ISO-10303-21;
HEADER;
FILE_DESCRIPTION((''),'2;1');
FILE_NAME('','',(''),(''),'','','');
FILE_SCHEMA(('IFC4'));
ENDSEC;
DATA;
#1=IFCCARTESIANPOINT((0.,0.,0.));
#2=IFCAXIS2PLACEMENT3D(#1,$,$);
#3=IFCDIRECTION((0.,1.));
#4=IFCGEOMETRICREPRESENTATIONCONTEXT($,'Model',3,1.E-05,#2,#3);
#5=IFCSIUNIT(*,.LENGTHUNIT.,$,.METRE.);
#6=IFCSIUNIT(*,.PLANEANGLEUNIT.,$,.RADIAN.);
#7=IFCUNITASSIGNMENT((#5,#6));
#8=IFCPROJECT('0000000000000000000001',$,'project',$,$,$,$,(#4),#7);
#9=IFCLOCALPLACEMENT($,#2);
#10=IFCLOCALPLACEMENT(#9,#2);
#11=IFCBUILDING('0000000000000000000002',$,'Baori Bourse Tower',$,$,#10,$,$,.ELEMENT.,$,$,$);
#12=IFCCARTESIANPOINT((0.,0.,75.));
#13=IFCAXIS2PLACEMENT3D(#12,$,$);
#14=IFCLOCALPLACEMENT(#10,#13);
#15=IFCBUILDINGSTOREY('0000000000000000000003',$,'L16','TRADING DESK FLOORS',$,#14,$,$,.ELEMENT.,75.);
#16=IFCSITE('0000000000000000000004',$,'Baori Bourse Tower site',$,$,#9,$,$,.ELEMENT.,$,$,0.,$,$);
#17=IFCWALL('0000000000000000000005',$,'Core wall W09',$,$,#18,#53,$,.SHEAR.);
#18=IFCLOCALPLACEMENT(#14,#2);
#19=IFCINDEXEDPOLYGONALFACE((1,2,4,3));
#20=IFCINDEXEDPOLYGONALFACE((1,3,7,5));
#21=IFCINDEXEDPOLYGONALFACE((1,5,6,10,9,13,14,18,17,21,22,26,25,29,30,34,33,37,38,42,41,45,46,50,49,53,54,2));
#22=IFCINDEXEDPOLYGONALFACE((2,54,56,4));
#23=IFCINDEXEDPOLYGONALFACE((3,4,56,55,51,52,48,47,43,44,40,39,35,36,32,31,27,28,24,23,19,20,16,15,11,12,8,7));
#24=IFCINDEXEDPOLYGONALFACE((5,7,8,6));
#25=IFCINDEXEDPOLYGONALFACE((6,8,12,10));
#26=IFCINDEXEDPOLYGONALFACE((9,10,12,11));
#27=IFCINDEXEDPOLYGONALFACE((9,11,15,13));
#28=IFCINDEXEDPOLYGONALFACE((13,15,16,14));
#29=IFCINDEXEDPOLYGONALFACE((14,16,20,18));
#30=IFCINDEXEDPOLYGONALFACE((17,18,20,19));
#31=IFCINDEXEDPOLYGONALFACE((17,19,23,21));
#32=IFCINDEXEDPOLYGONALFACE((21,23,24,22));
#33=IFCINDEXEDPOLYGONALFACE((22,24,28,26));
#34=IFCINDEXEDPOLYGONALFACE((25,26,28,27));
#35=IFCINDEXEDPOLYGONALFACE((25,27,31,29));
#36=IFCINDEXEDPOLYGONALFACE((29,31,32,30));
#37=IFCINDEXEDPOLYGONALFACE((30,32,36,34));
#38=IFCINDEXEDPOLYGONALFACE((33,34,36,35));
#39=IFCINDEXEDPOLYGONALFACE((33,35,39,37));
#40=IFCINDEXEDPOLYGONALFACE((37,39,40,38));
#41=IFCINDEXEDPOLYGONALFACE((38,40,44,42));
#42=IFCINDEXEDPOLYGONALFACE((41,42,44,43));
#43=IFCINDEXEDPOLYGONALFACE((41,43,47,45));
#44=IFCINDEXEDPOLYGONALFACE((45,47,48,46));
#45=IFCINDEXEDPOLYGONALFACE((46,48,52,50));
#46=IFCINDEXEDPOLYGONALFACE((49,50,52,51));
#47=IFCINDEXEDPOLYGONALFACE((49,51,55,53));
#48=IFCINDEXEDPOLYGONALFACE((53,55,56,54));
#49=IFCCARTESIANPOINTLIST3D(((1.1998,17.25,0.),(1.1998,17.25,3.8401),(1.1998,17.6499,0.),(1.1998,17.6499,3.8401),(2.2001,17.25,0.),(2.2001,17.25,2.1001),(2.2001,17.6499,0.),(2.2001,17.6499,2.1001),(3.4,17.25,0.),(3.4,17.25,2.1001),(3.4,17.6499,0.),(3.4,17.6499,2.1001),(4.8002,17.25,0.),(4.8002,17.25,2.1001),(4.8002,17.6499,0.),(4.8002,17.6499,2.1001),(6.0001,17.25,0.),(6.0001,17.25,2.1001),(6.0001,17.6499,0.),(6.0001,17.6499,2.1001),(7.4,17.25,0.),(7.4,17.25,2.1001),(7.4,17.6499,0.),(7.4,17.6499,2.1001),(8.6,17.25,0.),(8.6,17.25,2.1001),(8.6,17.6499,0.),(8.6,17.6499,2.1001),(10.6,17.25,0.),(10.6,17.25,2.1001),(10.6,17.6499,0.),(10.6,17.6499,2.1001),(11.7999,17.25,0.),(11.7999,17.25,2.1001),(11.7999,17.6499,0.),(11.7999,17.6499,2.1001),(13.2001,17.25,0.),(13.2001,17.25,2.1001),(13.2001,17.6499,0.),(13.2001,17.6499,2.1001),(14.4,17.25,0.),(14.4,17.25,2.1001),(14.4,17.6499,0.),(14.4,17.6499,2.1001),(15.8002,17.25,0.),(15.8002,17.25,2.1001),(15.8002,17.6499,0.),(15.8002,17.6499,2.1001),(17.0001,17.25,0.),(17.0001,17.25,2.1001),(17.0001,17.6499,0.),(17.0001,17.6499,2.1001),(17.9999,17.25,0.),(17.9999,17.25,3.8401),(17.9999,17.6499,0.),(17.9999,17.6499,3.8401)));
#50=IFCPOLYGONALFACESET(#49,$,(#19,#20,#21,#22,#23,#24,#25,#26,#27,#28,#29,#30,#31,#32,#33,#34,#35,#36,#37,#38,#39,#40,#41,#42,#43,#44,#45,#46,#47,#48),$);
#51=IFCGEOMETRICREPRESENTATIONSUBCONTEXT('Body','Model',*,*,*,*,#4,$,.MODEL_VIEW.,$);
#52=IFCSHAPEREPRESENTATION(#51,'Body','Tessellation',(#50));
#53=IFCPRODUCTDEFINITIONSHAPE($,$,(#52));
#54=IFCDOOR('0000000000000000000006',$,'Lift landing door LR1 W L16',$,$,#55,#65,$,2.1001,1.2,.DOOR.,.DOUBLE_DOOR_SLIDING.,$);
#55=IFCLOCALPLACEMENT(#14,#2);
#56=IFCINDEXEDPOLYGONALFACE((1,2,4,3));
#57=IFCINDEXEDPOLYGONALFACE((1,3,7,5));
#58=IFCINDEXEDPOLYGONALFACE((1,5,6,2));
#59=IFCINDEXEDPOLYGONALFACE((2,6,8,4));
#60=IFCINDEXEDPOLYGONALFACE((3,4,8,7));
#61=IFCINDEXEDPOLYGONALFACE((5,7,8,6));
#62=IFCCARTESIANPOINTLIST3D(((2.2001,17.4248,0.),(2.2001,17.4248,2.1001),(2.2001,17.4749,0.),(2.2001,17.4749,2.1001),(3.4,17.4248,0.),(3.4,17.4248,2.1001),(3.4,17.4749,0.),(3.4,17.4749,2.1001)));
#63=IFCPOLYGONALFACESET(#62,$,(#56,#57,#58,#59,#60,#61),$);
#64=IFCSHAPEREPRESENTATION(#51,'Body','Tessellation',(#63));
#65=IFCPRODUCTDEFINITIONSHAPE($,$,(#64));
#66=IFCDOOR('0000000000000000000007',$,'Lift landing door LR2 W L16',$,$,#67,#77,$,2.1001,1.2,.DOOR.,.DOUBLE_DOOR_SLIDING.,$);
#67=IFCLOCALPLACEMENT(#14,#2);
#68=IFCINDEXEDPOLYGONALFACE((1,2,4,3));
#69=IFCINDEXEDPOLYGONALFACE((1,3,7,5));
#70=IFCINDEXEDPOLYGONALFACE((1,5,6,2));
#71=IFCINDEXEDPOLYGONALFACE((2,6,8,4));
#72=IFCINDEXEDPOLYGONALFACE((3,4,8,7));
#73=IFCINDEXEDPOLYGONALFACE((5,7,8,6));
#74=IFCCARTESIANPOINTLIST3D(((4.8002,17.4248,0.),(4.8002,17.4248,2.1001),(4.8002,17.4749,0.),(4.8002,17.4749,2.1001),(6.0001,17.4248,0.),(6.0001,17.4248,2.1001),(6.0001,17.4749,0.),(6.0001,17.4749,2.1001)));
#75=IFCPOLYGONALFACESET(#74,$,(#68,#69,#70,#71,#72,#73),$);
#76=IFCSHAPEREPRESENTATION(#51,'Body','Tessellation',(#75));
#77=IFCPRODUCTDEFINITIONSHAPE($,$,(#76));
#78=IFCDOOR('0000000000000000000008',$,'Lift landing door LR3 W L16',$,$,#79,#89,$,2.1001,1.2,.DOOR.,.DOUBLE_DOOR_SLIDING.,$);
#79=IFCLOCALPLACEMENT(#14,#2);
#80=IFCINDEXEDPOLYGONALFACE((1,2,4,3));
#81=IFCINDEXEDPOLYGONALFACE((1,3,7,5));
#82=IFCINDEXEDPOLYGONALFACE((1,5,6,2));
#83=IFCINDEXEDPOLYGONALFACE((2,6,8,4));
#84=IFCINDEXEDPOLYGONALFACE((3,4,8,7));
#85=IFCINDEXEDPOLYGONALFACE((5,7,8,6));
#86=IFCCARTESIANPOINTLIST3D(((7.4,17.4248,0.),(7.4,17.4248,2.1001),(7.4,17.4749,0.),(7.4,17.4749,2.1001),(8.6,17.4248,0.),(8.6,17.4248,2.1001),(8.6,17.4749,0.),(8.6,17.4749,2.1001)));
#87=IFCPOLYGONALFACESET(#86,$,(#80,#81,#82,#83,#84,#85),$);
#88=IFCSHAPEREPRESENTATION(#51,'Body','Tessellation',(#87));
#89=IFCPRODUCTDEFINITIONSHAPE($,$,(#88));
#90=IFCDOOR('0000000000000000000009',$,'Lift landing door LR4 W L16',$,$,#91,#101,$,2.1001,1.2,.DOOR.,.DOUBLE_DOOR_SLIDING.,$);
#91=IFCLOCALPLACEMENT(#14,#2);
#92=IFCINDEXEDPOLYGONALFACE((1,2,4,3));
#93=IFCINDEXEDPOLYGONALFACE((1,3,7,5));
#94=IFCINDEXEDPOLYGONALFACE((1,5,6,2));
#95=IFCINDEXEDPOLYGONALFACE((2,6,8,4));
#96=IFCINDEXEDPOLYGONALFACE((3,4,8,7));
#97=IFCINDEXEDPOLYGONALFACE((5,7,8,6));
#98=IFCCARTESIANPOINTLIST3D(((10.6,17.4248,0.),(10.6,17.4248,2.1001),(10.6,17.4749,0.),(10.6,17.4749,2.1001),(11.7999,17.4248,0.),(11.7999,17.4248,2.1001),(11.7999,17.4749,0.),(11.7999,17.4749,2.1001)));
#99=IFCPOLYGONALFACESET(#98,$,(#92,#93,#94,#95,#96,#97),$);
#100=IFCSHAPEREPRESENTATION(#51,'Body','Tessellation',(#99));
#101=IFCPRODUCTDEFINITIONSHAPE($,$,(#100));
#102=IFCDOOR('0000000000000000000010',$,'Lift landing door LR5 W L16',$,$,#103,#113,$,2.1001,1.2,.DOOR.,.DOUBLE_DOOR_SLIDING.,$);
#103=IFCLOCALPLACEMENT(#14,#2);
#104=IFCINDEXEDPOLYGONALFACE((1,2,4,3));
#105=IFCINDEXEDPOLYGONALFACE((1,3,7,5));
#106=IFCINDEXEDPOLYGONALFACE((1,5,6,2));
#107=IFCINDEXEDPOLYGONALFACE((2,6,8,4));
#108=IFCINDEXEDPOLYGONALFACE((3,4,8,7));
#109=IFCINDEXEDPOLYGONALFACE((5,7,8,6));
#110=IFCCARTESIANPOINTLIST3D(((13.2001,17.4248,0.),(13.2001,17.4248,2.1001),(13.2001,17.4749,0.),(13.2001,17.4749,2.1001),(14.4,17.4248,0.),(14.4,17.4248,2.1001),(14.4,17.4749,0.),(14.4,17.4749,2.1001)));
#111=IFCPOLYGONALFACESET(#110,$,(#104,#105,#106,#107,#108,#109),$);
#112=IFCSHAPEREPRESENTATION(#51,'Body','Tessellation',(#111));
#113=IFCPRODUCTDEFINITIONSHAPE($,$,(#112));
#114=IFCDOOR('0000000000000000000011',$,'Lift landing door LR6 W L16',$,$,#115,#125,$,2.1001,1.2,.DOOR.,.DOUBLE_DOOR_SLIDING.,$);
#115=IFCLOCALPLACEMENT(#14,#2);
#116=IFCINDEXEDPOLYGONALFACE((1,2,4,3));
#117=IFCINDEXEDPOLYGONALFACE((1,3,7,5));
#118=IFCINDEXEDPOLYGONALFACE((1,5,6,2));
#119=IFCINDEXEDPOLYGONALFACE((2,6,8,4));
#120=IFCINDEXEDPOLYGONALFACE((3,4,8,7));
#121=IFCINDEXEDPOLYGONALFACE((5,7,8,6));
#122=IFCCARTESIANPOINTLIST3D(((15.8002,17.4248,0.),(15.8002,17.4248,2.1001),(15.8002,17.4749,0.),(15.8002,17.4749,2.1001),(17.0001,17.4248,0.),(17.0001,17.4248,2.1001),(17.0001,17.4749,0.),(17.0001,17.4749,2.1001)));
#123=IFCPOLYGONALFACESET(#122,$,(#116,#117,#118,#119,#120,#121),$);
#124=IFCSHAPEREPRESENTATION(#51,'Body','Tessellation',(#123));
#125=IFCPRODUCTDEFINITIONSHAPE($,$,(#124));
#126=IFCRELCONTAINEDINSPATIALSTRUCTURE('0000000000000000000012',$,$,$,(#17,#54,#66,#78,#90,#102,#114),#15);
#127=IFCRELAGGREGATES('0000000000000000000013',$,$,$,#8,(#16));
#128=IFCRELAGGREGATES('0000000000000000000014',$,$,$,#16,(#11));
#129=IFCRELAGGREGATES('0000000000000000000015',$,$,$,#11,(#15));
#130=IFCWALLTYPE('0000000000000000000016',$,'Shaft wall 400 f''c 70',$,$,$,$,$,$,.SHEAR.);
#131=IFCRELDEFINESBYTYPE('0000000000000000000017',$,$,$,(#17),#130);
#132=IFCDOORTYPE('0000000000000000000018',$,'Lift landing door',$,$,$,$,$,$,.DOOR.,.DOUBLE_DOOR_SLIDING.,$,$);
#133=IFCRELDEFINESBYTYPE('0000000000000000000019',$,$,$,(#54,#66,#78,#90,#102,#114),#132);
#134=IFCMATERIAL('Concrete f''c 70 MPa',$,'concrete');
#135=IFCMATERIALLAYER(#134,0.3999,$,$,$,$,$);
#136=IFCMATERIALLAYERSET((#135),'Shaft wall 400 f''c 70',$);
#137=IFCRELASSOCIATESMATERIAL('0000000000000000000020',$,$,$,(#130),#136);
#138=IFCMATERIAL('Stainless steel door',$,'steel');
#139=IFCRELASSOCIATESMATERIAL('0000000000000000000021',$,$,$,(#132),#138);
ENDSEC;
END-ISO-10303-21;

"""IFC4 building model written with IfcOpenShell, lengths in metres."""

from ifc_helpers import new_model, si_unit, direction, frame, frame_2d, origin, place, context, subcontext, project, spatial, rectangle, extrude, material, layer, layer_set, type_object, element, fill, save


model = new_model("IFC4")

# Units and contexts
model_context = context("Model", 3, precision=1e-05, world=origin(), true_north=direction((0.0, 1.0)))
body_context = subcontext(model_context, "Body", "Model", "MODEL_VIEW")
ifc_project = project(units=[si_unit("LENGTHUNIT", "METRE"), si_unit("PLANEANGLEUNIT", "RADIAN")], contexts=[model_context])

# Site, building, storey
site_placement = place(None, origin())
site = spatial("IfcSite", under=ifc_project, at=site_placement, Name="Baori Bourse Tower site", CompositionType="ELEMENT", RefElevation=0.0)
building_placement = place(site_placement, origin())
building = spatial("IfcBuilding", under=site, at=building_placement, Name="Baori Bourse Tower", CompositionType="ELEMENT")
storey_placement = place(building_placement, frame((0.0, 0.0, 75.0)))
storey = spatial("IfcBuildingStorey", under=building, at=storey_placement, Name="L16", Description="TRADING DESK FLOORS", CompositionType="ELEMENT", Elevation=75.0)

# Shared definitions
ifc_material_1 = material(Name="Concrete f'c 70 MPa", Category="concrete")
ifc_layer_1 = layer(ifc_material_1, 0.3999)
ifc_layer_set_1 = layer_set([ifc_layer_1], Name="Shaft wall 400 f'c 70")
wall_type_1 = type_object("IfcWallType", Name="Shaft wall 400 f'c 70", PredefinedType="SHEAR", material=ifc_layer_set_1)

# Wall, openings, doors
wall_1_placement = place(storey_placement, frame((1.2, 17.45, 0.0), z_axis=(0.0, 0.0, 1.0), x_axis=(1.0, 0.0, 0.0)))
wall_1 = element("IfcWall", 1, at=wall_1_placement, inside=storey, type_object=wall_type_1, Name="Core wall W09", PredefinedType="SHEAR", context=body_context, shape_type="SweptSolid", body=[
    extrude(rectangle(XDim=16.8, YDim=0.3999, at=frame_2d((8.3999, 0.0))), origin(), (0.0, 0.0, 1.0), 3.8401),
])
opening_1_placement = place(wall_1_placement, frame((1.0, 0.0, 0.0)))
opening_1 = element("IfcOpeningElement", 2, at=opening_1_placement, cuts=wall_1, PredefinedType="OPENING", context=body_context, shape_type="SweptSolid", body=[
    extrude(rectangle(XDim=1.2, YDim=2.1001, at=frame_2d((0.6001, 1.05))), frame((0.0, 0.21, 0.0), z_axis=(0.0, -1.0, 0.0), x_axis=(1.0, 0.0, 0.0)), (0.0, 0.0, 1.0), 0.4199),
])
opening_2_placement = place(wall_1_placement, frame((3.6001, 0.0, 0.0)))
opening_2 = element("IfcOpeningElement", 3, at=opening_2_placement, cuts=wall_1, PredefinedType="OPENING", context=body_context, shape_type="SweptSolid", body=[
    extrude(rectangle(XDim=1.2, YDim=2.1001, at=frame_2d((0.6001, 1.05))), frame((0.0, 0.21, 0.0), z_axis=(0.0, -1.0, 0.0), x_axis=(1.0, 0.0, 0.0)), (0.0, 0.0, 1.0), 0.4199),
])
opening_3_placement = place(wall_1_placement, frame((6.2, 0.0, 0.0)))
opening_3 = element("IfcOpeningElement", 4, at=opening_3_placement, cuts=wall_1, PredefinedType="OPENING", context=body_context, shape_type="SweptSolid", body=[
    extrude(rectangle(XDim=1.2, YDim=2.1001, at=frame_2d((0.6001, 1.05))), frame((0.0, 0.21, 0.0), z_axis=(0.0, -1.0, 0.0), x_axis=(1.0, 0.0, 0.0)), (0.0, 0.0, 1.0), 0.4199),
])
opening_4_placement = place(wall_1_placement, frame((9.3999, 0.0, 0.0)))
opening_4 = element("IfcOpeningElement", 5, at=opening_4_placement, cuts=wall_1, PredefinedType="OPENING", context=body_context, shape_type="SweptSolid", body=[
    extrude(rectangle(XDim=1.2, YDim=2.1001, at=frame_2d((0.6001, 1.05))), frame((0.0, 0.21, 0.0), z_axis=(0.0, -1.0, 0.0), x_axis=(1.0, 0.0, 0.0)), (0.0, 0.0, 1.0), 0.4199),
])
opening_5_placement = place(wall_1_placement, frame((12.0, 0.0, 0.0)))
opening_5 = element("IfcOpeningElement", 6, at=opening_5_placement, cuts=wall_1, PredefinedType="OPENING", context=body_context, shape_type="SweptSolid", body=[
    extrude(rectangle(XDim=1.2, YDim=2.1001, at=frame_2d((0.6001, 1.05))), frame((0.0, 0.21, 0.0), z_axis=(0.0, -1.0, 0.0), x_axis=(1.0, 0.0, 0.0)), (0.0, 0.0, 1.0), 0.4199),
])
opening_6_placement = place(wall_1_placement, frame((14.6001, 0.0, 0.0)))
opening_6 = element("IfcOpeningElement", 7, at=opening_6_placement, cuts=wall_1, PredefinedType="OPENING", context=body_context, shape_type="SweptSolid", body=[
    extrude(rectangle(XDim=1.2, YDim=2.1001, at=frame_2d((0.6001, 1.05))), frame((0.0, 0.21, 0.0), z_axis=(0.0, -1.0, 0.0), x_axis=(1.0, 0.0, 0.0)), (0.0, 0.0, 1.0), 0.4199),
])
ifc_material_2 = material(Name="Stainless steel door", Category="steel")
door_type_1 = type_object("IfcDoorType", Name="Lift landing door", OperationType="DOUBLE_DOOR_SLIDING", PredefinedType="DOOR", material=ifc_material_2)
door_1_placement = place(opening_1_placement, origin())
door_1 = element("IfcDoor", 8, at=door_1_placement, inside=storey, type_object=door_type_1, Name="Lift landing door LR1 W L16", OperationType="DOUBLE_DOOR_SLIDING", OverallHeight=2.1001, OverallWidth=1.2, PredefinedType="DOOR", context=body_context, shape_type="SweptSolid", body=[
    extrude(rectangle(XDim=1.2, YDim=2.1001, at=frame_2d((0.6001, 1.05))), frame((0.0, 0.0249, 0.0), z_axis=(0.0, -1.0, 0.0), x_axis=(1.0, 0.0, 0.0)), (0.0, 0.0, 1.0), 0.05),
])
fill(opening_1, door_1)
door_2_placement = place(opening_2_placement, origin())
door_2 = element("IfcDoor", 9, at=door_2_placement, inside=storey, type_object=door_type_1, Name="Lift landing door LR2 W L16", OperationType="DOUBLE_DOOR_SLIDING", OverallHeight=2.1001, OverallWidth=1.2, PredefinedType="DOOR", context=body_context, shape_type="SweptSolid", body=[
    extrude(rectangle(XDim=1.2, YDim=2.1001, at=frame_2d((0.6001, 1.05))), frame((0.0, 0.0249, 0.0), z_axis=(0.0, -1.0, 0.0), x_axis=(1.0, 0.0, 0.0)), (0.0, 0.0, 1.0), 0.05),
])
fill(opening_2, door_2)
door_3_placement = place(opening_3_placement, origin())
door_3 = element("IfcDoor", 10, at=door_3_placement, inside=storey, type_object=door_type_1, Name="Lift landing door LR3 W L16", OperationType="DOUBLE_DOOR_SLIDING", OverallHeight=2.1001, OverallWidth=1.2, PredefinedType="DOOR", context=body_context, shape_type="SweptSolid", body=[
    extrude(rectangle(XDim=1.2, YDim=2.1001, at=frame_2d((0.6001, 1.05))), frame((0.0, 0.0249, 0.0), z_axis=(0.0, -1.0, 0.0), x_axis=(1.0, 0.0, 0.0)), (0.0, 0.0, 1.0), 0.05),
])
fill(opening_3, door_3)
door_4_placement = place(opening_4_placement, origin())
door_4 = element("IfcDoor", 11, at=door_4_placement, inside=storey, type_object=door_type_1, Name="Lift landing door LR4 W L16", OperationType="DOUBLE_DOOR_SLIDING", OverallHeight=2.1001, OverallWidth=1.2, PredefinedType="DOOR", context=body_context, shape_type="SweptSolid", body=[
    extrude(rectangle(XDim=1.2, YDim=2.1001, at=frame_2d((0.6001, 1.05))), frame((0.0, 0.0249, 0.0), z_axis=(0.0, -1.0, 0.0), x_axis=(1.0, 0.0, 0.0)), (0.0, 0.0, 1.0), 0.05),
])
fill(opening_4, door_4)
door_5_placement = place(opening_5_placement, origin())
door_5 = element("IfcDoor", 12, at=door_5_placement, inside=storey, type_object=door_type_1, Name="Lift landing door LR5 W L16", OperationType="DOUBLE_DOOR_SLIDING", OverallHeight=2.1001, OverallWidth=1.2, PredefinedType="DOOR", context=body_context, shape_type="SweptSolid", body=[
    extrude(rectangle(XDim=1.2, YDim=2.1001, at=frame_2d((0.6001, 1.05))), frame((0.0, 0.0249, 0.0), z_axis=(0.0, -1.0, 0.0), x_axis=(1.0, 0.0, 0.0)), (0.0, 0.0, 1.0), 0.05),
])
fill(opening_5, door_5)
door_6_placement = place(opening_6_placement, origin())
door_6 = element("IfcDoor", 13, at=door_6_placement, inside=storey, type_object=door_type_1, Name="Lift landing door LR6 W L16", OperationType="DOUBLE_DOOR_SLIDING", OverallHeight=2.1001, OverallWidth=1.2, PredefinedType="DOOR", context=body_context, shape_type="SweptSolid", body=[
    extrude(rectangle(XDim=1.2, YDim=2.1001, at=frame_2d((0.6001, 1.05))), frame((0.0, 0.0249, 0.0), z_axis=(0.0, -1.0, 0.0), x_axis=(1.0, 0.0, 0.0)), (0.0, 0.0, 1.0), 0.05),
])
fill(opening_6, door_6)

save(model, "model.ifc")
